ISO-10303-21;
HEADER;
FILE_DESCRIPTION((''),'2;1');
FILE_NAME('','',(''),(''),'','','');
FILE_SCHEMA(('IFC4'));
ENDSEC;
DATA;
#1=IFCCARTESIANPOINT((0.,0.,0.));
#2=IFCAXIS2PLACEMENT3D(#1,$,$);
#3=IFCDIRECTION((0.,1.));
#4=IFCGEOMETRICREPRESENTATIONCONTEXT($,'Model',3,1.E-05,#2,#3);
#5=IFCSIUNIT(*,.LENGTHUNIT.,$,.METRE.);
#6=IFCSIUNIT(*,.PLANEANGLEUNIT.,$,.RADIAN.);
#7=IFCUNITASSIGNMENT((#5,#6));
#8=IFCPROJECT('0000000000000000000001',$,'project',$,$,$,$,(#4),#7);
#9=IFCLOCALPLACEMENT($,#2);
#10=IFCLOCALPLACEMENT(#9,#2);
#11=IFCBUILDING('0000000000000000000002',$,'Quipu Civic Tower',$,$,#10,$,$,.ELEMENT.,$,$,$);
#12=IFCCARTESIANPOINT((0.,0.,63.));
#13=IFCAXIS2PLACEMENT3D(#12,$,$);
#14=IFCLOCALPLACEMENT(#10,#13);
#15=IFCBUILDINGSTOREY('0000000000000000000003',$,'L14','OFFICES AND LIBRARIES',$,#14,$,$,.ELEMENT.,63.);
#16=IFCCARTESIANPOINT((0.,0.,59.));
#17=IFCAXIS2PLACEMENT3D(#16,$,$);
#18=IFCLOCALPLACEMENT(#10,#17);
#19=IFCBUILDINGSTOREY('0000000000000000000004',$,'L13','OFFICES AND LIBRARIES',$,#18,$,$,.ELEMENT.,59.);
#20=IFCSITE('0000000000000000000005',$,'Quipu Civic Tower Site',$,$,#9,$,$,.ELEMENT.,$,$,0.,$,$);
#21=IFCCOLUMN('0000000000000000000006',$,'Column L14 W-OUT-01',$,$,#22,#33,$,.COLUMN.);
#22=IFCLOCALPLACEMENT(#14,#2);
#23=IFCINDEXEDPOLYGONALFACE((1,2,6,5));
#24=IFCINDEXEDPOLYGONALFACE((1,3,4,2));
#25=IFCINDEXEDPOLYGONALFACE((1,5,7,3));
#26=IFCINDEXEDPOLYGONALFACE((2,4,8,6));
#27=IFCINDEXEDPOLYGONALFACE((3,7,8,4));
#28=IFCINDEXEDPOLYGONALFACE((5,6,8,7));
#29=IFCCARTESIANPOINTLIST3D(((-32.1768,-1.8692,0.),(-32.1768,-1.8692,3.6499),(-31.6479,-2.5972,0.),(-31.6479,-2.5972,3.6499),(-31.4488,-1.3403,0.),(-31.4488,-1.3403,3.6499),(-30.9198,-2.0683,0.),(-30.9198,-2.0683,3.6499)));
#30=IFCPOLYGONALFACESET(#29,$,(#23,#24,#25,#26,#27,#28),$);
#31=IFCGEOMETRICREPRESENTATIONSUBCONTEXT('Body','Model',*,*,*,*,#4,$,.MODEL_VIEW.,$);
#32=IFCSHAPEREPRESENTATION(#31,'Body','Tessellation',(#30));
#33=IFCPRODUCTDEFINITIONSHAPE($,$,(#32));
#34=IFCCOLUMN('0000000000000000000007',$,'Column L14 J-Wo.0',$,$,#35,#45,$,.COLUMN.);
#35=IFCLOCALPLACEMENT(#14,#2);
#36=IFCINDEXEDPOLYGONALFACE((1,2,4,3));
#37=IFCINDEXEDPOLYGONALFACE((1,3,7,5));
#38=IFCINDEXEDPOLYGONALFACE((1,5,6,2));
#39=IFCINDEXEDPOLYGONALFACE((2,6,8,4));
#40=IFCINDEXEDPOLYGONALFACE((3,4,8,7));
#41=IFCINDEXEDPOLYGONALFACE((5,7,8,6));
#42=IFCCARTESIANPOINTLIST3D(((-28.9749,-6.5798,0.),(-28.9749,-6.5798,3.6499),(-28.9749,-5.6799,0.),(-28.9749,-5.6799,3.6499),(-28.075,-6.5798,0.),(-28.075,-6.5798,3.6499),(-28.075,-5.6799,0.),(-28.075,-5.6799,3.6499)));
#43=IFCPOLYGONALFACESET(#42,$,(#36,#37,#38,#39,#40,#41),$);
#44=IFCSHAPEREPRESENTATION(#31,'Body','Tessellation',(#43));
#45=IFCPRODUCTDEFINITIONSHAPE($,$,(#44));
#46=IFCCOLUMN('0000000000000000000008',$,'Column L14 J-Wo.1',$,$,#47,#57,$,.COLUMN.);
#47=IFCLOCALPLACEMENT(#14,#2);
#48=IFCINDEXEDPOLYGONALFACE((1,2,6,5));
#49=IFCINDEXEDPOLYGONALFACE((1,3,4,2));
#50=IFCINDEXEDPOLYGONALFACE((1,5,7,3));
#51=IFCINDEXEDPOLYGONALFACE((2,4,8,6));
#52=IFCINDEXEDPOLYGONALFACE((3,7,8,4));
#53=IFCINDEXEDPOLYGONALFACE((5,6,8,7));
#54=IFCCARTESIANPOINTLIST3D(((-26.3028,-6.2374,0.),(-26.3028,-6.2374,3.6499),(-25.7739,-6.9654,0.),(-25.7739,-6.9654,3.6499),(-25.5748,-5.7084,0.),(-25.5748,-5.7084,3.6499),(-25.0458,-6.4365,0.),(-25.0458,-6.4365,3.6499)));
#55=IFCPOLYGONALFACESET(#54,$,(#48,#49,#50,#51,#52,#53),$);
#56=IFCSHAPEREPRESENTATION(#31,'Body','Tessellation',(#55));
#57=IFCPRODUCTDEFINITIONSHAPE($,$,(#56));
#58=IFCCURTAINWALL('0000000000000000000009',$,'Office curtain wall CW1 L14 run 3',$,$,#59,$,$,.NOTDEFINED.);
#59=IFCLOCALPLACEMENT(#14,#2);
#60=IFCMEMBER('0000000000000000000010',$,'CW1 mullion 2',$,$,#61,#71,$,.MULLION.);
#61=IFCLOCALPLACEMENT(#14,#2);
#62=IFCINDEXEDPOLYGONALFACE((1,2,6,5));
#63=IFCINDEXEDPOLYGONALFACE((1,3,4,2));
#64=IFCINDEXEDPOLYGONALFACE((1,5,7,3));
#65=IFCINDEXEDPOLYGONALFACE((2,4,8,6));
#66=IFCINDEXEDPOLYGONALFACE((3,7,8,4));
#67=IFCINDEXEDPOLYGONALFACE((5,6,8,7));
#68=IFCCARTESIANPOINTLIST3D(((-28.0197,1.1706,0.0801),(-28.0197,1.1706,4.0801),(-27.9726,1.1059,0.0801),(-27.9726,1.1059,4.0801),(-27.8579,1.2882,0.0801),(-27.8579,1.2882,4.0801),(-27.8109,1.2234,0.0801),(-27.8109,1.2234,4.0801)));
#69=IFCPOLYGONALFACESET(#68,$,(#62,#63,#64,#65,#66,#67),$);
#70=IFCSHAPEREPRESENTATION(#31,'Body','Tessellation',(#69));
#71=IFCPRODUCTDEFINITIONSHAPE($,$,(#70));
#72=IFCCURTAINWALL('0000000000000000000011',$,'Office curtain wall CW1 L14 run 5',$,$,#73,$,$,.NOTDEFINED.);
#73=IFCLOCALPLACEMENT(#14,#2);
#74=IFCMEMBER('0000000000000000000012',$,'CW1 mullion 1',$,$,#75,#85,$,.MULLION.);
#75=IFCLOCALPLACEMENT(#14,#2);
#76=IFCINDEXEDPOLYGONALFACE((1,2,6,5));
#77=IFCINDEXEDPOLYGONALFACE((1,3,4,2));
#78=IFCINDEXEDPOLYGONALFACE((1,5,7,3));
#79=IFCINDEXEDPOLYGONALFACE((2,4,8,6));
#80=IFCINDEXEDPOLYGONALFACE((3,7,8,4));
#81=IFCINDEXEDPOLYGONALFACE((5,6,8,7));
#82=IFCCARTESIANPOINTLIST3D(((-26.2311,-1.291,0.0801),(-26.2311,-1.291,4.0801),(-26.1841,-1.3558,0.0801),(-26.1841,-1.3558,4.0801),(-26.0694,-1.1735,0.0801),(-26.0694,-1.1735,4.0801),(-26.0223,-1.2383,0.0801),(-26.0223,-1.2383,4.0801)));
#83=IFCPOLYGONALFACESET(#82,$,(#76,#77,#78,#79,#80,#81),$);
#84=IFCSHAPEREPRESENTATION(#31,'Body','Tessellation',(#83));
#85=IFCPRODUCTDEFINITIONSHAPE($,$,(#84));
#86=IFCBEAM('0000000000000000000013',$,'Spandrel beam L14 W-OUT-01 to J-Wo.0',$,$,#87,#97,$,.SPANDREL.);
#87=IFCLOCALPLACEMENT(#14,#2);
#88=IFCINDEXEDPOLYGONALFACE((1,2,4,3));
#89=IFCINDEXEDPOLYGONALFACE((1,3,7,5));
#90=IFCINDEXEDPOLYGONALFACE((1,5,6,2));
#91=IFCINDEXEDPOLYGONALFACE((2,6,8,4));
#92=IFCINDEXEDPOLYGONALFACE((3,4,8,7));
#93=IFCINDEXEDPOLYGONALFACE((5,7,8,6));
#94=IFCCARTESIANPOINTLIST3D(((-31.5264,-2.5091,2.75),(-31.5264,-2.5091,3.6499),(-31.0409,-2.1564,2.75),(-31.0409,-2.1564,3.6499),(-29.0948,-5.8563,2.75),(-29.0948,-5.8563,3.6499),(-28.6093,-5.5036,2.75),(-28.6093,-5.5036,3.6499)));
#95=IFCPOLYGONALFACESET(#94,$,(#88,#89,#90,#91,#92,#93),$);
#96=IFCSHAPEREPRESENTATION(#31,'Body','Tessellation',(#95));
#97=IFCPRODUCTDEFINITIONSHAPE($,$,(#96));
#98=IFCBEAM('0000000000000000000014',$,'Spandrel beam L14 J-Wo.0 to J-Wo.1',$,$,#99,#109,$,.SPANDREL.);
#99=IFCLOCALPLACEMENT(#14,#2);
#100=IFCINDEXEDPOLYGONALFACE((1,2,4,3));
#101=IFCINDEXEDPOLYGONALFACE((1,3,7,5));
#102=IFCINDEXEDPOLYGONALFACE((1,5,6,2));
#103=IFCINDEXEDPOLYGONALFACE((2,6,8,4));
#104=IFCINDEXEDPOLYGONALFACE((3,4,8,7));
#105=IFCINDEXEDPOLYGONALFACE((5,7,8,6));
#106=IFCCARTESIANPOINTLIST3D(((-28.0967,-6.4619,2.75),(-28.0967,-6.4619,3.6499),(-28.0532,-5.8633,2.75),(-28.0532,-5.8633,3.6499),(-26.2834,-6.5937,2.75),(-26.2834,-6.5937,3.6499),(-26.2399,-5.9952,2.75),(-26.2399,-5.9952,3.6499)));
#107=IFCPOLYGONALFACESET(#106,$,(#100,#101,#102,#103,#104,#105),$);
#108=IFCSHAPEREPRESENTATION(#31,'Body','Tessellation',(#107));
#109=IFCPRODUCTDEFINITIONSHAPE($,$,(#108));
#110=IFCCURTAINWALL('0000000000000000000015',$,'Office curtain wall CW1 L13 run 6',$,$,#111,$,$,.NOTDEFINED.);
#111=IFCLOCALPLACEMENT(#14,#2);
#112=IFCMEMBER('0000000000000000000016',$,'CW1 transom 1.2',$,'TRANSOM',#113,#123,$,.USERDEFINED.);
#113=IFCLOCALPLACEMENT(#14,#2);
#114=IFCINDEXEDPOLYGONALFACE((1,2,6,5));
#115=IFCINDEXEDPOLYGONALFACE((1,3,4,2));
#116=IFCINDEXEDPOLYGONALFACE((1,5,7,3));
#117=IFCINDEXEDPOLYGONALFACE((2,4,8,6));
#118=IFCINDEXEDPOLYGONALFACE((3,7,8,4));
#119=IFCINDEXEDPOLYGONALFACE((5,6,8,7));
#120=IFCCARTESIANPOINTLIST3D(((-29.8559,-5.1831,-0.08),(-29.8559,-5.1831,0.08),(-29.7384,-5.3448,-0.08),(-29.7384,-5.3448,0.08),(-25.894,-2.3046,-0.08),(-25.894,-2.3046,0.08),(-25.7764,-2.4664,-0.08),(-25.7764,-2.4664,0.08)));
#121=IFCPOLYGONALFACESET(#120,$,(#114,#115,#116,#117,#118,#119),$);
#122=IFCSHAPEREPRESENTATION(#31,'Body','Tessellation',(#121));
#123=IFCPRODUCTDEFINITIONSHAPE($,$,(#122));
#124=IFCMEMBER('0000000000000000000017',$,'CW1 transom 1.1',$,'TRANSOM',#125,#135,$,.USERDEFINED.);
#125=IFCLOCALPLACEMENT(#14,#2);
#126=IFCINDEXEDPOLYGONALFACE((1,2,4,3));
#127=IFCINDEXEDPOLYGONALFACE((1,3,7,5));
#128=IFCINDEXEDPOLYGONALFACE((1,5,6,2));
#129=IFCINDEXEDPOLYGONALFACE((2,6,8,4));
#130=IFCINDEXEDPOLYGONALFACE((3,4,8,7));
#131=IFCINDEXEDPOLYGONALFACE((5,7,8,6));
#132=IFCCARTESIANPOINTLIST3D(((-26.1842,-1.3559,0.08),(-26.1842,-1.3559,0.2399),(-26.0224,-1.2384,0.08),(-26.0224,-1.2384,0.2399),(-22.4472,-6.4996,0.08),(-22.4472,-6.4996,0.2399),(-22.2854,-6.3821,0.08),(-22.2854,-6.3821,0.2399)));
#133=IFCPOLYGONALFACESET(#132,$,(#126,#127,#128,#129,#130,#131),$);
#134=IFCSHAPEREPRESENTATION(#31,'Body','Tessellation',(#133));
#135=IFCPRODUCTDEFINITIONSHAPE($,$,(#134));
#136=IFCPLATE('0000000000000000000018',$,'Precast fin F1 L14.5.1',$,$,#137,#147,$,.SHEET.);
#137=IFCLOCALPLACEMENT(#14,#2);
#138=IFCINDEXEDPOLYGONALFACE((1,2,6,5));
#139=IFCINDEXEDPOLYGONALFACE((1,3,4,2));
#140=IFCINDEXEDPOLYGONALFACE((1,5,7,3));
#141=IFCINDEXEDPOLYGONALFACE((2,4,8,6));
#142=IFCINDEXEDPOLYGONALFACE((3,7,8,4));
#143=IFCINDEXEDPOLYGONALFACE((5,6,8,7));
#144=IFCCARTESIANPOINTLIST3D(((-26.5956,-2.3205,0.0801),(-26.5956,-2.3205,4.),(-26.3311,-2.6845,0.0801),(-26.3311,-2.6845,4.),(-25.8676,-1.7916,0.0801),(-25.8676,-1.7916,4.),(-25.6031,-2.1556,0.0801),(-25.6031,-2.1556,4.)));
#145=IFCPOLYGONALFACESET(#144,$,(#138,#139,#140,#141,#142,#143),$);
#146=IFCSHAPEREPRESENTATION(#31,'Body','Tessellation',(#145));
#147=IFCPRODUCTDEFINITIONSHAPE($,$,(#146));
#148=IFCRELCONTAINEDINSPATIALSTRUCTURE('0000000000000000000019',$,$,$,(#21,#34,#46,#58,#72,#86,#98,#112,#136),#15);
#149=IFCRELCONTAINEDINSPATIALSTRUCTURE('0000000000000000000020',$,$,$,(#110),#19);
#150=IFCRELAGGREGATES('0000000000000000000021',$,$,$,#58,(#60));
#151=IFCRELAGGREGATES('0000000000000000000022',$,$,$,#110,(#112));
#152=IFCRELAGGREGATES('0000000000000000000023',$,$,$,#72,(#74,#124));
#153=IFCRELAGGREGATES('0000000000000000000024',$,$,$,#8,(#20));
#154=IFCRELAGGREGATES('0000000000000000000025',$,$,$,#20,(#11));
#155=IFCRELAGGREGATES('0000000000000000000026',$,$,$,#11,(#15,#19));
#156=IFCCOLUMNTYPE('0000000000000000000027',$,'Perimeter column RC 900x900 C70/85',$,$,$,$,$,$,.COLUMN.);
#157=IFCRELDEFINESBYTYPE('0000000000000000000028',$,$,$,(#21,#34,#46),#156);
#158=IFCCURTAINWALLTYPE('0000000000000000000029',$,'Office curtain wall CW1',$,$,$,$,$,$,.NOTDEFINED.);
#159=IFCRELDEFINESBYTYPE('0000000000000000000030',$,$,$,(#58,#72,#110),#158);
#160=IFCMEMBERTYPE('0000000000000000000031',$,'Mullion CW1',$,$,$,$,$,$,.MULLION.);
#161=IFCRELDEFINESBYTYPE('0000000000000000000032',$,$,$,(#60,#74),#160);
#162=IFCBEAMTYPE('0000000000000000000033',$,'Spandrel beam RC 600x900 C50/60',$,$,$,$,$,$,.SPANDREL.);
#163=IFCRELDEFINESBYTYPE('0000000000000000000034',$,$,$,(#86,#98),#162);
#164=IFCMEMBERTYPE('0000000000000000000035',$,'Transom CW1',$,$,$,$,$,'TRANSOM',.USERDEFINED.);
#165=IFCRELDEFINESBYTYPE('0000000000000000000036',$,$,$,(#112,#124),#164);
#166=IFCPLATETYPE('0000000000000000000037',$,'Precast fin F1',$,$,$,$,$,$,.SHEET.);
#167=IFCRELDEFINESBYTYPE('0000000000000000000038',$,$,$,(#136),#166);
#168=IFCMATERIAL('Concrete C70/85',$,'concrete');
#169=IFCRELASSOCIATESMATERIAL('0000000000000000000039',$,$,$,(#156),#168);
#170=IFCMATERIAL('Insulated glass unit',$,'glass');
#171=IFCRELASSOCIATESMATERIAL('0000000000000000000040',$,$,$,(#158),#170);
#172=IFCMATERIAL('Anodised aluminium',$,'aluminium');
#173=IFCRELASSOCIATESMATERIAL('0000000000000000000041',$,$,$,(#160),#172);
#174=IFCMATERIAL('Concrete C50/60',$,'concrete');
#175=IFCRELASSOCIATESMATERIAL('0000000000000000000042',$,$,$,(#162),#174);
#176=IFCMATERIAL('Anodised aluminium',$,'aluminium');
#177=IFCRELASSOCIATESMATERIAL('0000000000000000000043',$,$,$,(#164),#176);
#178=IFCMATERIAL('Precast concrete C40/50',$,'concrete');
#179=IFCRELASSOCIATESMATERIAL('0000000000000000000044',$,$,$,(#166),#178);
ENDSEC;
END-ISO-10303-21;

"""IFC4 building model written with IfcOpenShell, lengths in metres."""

from ifc_helpers import new_model, si_unit, direction, frame, origin, origin_2d, place, context, subcontext, project, spatial, rectangle, extrude, material, material_profile, profile_set, type_object, element, aggregate, save


model = new_model("IFC4")

# Units and contexts
model_context = context("Model", 3, precision=1e-05, world=origin(), true_north=direction((0.0, 1.0)))
body_context = subcontext(model_context, "Body", "Model", "MODEL_VIEW")
ifc_project = project(units=[si_unit("LENGTHUNIT", "METRE"), si_unit("PLANEANGLEUNIT", "RADIAN")], contexts=[model_context])

# Site, building, storey
site_placement = place(None, origin())
site = spatial("IfcSite", under=ifc_project, at=site_placement, Name="Quipu Civic Tower Site", CompositionType="ELEMENT", RefElevation=0.0)
building_placement = place(site_placement, origin())
building = spatial("IfcBuilding", under=site, at=building_placement, Name="Quipu Civic Tower", CompositionType="ELEMENT")
storey_1_placement = place(building_placement, frame((0.0, 0.0, 63.0)))
storey_1 = spatial("IfcBuildingStorey", under=building, at=storey_1_placement, Name="L14", Description="OFFICES AND LIBRARIES", CompositionType="ELEMENT", Elevation=63.0)

# Columns
ifc_material_1 = material(Name="Concrete C70/85", Category="concrete")
ifc_material_profile_1 = material_profile(ifc_material_1, rectangle(XDim=0.8999, YDim=0.8999, at=origin_2d()), Name="RC900x900")
ifc_profile_set_1 = profile_set([ifc_material_profile_1], Name="Concrete C70/85")
column_type = type_object("IfcColumnType", Name="Perimeter column RC 900x900 C70/85", PredefinedType="COLUMN", material=ifc_profile_set_1)
for number, where, z_axis, x_axis, name in (
    (1, (-31.5483, -1.9688, 0.0), (0.0, 0.0, 1.0), (0.587785, -0.809017, 0.0), "Column L14 W-OUT-01"),
    (2, (-28.5249, -6.1299, 0.0), (0.0, 0.0, 1.0), (1.0, 0.0, 0.0), "Column L14 J-Wo.0"),
    (3, (-25.6743, -6.3369, 0.0), (0.0, 0.0, 1.0), (0.587785, -0.809017, 0.0), "Column L14 J-Wo.1"),
):
    element("IfcColumn", number, at=place(storey_1_placement, frame(where, z_axis=z_axis, x_axis=x_axis)), inside=storey_1, type_object=column_type, Name=name, PredefinedType="COLUMN", context=body_context, shape_type="SweptSolid", body=[
        extrude(rectangle(XDim=0.8999, YDim=0.8999, at=origin_2d()), origin(), (0.0, 0.0, 1.0), 3.6499),
    ])

# Curtain walls, members
ifc_material_2 = material(Name="Insulated glass unit", Category="glass")
curtain_wall_type = type_object("IfcCurtainWallType", Name="Office curtain wall CW1", PredefinedType="NOTDEFINED", material=ifc_material_2)
curtain_wall_1_placement = place(storey_1_placement, origin())
curtain_wall_1 = element("IfcCurtainWall", 4, at=curtain_wall_1_placement, inside=storey_1, type_object=curtain_wall_type, Name="Office curtain wall CW1 L14 run 3", PredefinedType="NOTDEFINED")
ifc_material_3 = material(Name="Anodised aluminium", Category="aluminium")
ifc_material_profile_2 = material_profile(ifc_material_3, rectangle(XDim=0.2, YDim=0.0801, at=origin_2d()), Name="RECT 200x80")
ifc_profile_set_2 = profile_set([ifc_material_profile_2], Name="Anodised aluminium")
member_type_1 = type_object("IfcMemberType", Name="Mullion CW1", PredefinedType="MULLION", material=ifc_profile_set_2)
member_1_placement = place(storey_1_placement, frame((-27.9153, 1.197, 0.0801), z_axis=(0.0, 0.0, 1.0), x_axis=(0.809016, 0.587787, 0.0)))
member_1 = element("IfcMember", 5, at=member_1_placement, type_object=member_type_1, Name="CW1 mullion 2", PredefinedType="MULLION", context=body_context, shape_type="SweptSolid", body=[
    extrude(rectangle(XDim=0.2, YDim=0.0801, at=origin_2d()), origin(), (0.0, 0.0, 1.0), 4.0),
])
aggregate(curtain_wall_1, [member_1])
curtain_wall_2_placement = place(storey_1_placement, origin())
curtain_wall_2 = element("IfcCurtainWall", 6, at=curtain_wall_2_placement, inside=storey_1, type_object=curtain_wall_type, Name="Office curtain wall CW1 L14 run 5", PredefinedType="NOTDEFINED")
member_2_placement = place(storey_1_placement, frame((-26.1267, -1.2646, 0.0801), z_axis=(0.0, 0.0, 1.0), x_axis=(0.809025, 0.587775, 0.0)))
member_2 = element("IfcMember", 7, at=member_2_placement, type_object=member_type_1, Name="CW1 mullion 1", PredefinedType="MULLION", context=body_context, shape_type="SweptSolid", body=[
    extrude(rectangle(XDim=0.2, YDim=0.0801, at=origin_2d()), origin(), (0.0, 0.0, 1.0), 4.0),
])

# Beams
ifc_material_4 = material(Name="Concrete C50/60", Category="concrete")
ifc_material_profile_3 = material_profile(ifc_material_4, rectangle(XDim=0.6001, YDim=0.8999, at=origin_2d()), Name="RC600x900")
ifc_profile_set_3 = profile_set([ifc_material_profile_3], Name="Concrete C50/60")
beam_type = type_object("IfcBeamType", Name="Spandrel beam RC 600x900 C50/60", PredefinedType="SPANDREL", material=ifc_profile_set_3)
beam_1_placement = place(storey_1_placement, frame((-31.2837, -2.3328, 3.2), z_axis=(0.587751, -0.809042, 0.0), x_axis=(0.809042, 0.587751, 0.0)))
element("IfcBeam", 8, at=beam_1_placement, inside=storey_1, type_object=beam_type, Name="Spandrel beam L14 W-OUT-01 to J-Wo.0", PredefinedType="SPANDREL", context=body_context, shape_type="SweptSolid", body=[
    extrude(rectangle(XDim=0.6001, YDim=0.8999, at=origin_2d()), origin(), (0.0, 0.0, 1.0), 4.1372),
])
beam_2_placement = place(storey_1_placement, frame((-28.075, -6.1626, 3.2), z_axis=(0.997367, -0.072516, 0.0), x_axis=(0.072516, 0.997367, 0.0)))
element("IfcBeam", 9, at=beam_2_placement, inside=storey_1, type_object=beam_type, Name="Spandrel beam L14 J-Wo.0 to J-Wo.1", PredefinedType="SPANDREL", context=body_context, shape_type="SweptSolid", body=[
    extrude(rectangle(XDim=0.6001, YDim=0.8999, at=origin_2d()), origin(), (0.0, 0.0, 1.0), 1.8181),
])

# Shared definitions
storey_2_placement = place(building_placement, frame((0.0, 0.0, 59.0)))
storey_2 = spatial("IfcBuildingStorey", under=building, at=storey_2_placement, Name="L13", Description="OFFICES AND LIBRARIES", CompositionType="ELEMENT", Elevation=59.0)

# Curtain wall, member
curtain_wall_3_placement = place(storey_2_placement, origin())
curtain_wall_3 = element("IfcCurtainWall", 10, at=curtain_wall_3_placement, inside=storey_2, type_object=curtain_wall_type, Name="Office curtain wall CW1 L13 run 6", PredefinedType="NOTDEFINED")
ifc_material_5 = material(Name="Anodised aluminium", Category="aluminium")
ifc_material_profile_4 = material_profile(ifc_material_5, rectangle(XDim=0.2, YDim=0.1599, at=origin_2d()), Name="RECT 200x160")
ifc_profile_set_4 = profile_set([ifc_material_profile_4], Name="Anodised aluminium")
member_type_2 = type_object("IfcMemberType", Name="Transom CW1", ElementType="TRANSOM", PredefinedType="USERDEFINED", material=ifc_profile_set_4)
member_3_placement = place(storey_1_placement, frame((-25.8352, -2.3855, 0.0), z_axis=(-0.809025, -0.587774, 0.0), x_axis=(0.587774, -0.809025, 0.0)))
member_3 = element("IfcMember", 11, at=member_3_placement, inside=storey_1, type_object=member_type_2, Name="CW1 transom 1.2", ObjectType="TRANSOM", PredefinedType="USERDEFINED", context=body_context, shape_type="SweptSolid", body=[
    extrude(rectangle(XDim=0.2, YDim=0.1599, at=origin_2d()), origin(), (0.0, 0.0, 1.0), 4.8972),
])
aggregate(curtain_wall_3, [member_3])

# Member
member_4_placement = place(storey_1_placement, frame((-26.1033, -1.2971, 0.1599), z_axis=(0.587772, -0.809027, 0.0), x_axis=(0.809027, 0.587772, 0.0)))
member_4 = element("IfcMember", 12, at=member_4_placement, type_object=member_type_2, Name="CW1 transom 1.1", ObjectType="TRANSOM", PredefinedType="USERDEFINED", context=body_context, shape_type="SweptSolid", body=[
    extrude(rectangle(XDim=0.2, YDim=0.1599, at=origin_2d()), origin(), (0.0, 0.0, 1.0), 6.3579),
])
aggregate(curtain_wall_2, [member_2, member_4])

# Plate
ifc_material_6 = material(Name="Precast concrete C40/50", Category="concrete")
plate_type = type_object("IfcPlateType", Name="Precast fin F1", PredefinedType="SHEET", material=ifc_material_6)
plate_placement = place(storey_1_placement, frame((-26.0994, -2.238, 0.0801), z_axis=(0.0, 0.0, 1.0), x_axis=(0.587784, -0.809018, 0.0)))
element("IfcPlate", 13, at=plate_placement, inside=storey_1, type_object=plate_type, Name="Precast fin F1 L14.5.1", PredefinedType="SHEET", context=body_context, shape_type="SweptSolid", body=[
    extrude(rectangle(XDim=0.45, YDim=0.8999, at=origin_2d()), origin(), (0.0, 0.0, 1.0), 3.9199),
])

save(model, "model.ifc")
